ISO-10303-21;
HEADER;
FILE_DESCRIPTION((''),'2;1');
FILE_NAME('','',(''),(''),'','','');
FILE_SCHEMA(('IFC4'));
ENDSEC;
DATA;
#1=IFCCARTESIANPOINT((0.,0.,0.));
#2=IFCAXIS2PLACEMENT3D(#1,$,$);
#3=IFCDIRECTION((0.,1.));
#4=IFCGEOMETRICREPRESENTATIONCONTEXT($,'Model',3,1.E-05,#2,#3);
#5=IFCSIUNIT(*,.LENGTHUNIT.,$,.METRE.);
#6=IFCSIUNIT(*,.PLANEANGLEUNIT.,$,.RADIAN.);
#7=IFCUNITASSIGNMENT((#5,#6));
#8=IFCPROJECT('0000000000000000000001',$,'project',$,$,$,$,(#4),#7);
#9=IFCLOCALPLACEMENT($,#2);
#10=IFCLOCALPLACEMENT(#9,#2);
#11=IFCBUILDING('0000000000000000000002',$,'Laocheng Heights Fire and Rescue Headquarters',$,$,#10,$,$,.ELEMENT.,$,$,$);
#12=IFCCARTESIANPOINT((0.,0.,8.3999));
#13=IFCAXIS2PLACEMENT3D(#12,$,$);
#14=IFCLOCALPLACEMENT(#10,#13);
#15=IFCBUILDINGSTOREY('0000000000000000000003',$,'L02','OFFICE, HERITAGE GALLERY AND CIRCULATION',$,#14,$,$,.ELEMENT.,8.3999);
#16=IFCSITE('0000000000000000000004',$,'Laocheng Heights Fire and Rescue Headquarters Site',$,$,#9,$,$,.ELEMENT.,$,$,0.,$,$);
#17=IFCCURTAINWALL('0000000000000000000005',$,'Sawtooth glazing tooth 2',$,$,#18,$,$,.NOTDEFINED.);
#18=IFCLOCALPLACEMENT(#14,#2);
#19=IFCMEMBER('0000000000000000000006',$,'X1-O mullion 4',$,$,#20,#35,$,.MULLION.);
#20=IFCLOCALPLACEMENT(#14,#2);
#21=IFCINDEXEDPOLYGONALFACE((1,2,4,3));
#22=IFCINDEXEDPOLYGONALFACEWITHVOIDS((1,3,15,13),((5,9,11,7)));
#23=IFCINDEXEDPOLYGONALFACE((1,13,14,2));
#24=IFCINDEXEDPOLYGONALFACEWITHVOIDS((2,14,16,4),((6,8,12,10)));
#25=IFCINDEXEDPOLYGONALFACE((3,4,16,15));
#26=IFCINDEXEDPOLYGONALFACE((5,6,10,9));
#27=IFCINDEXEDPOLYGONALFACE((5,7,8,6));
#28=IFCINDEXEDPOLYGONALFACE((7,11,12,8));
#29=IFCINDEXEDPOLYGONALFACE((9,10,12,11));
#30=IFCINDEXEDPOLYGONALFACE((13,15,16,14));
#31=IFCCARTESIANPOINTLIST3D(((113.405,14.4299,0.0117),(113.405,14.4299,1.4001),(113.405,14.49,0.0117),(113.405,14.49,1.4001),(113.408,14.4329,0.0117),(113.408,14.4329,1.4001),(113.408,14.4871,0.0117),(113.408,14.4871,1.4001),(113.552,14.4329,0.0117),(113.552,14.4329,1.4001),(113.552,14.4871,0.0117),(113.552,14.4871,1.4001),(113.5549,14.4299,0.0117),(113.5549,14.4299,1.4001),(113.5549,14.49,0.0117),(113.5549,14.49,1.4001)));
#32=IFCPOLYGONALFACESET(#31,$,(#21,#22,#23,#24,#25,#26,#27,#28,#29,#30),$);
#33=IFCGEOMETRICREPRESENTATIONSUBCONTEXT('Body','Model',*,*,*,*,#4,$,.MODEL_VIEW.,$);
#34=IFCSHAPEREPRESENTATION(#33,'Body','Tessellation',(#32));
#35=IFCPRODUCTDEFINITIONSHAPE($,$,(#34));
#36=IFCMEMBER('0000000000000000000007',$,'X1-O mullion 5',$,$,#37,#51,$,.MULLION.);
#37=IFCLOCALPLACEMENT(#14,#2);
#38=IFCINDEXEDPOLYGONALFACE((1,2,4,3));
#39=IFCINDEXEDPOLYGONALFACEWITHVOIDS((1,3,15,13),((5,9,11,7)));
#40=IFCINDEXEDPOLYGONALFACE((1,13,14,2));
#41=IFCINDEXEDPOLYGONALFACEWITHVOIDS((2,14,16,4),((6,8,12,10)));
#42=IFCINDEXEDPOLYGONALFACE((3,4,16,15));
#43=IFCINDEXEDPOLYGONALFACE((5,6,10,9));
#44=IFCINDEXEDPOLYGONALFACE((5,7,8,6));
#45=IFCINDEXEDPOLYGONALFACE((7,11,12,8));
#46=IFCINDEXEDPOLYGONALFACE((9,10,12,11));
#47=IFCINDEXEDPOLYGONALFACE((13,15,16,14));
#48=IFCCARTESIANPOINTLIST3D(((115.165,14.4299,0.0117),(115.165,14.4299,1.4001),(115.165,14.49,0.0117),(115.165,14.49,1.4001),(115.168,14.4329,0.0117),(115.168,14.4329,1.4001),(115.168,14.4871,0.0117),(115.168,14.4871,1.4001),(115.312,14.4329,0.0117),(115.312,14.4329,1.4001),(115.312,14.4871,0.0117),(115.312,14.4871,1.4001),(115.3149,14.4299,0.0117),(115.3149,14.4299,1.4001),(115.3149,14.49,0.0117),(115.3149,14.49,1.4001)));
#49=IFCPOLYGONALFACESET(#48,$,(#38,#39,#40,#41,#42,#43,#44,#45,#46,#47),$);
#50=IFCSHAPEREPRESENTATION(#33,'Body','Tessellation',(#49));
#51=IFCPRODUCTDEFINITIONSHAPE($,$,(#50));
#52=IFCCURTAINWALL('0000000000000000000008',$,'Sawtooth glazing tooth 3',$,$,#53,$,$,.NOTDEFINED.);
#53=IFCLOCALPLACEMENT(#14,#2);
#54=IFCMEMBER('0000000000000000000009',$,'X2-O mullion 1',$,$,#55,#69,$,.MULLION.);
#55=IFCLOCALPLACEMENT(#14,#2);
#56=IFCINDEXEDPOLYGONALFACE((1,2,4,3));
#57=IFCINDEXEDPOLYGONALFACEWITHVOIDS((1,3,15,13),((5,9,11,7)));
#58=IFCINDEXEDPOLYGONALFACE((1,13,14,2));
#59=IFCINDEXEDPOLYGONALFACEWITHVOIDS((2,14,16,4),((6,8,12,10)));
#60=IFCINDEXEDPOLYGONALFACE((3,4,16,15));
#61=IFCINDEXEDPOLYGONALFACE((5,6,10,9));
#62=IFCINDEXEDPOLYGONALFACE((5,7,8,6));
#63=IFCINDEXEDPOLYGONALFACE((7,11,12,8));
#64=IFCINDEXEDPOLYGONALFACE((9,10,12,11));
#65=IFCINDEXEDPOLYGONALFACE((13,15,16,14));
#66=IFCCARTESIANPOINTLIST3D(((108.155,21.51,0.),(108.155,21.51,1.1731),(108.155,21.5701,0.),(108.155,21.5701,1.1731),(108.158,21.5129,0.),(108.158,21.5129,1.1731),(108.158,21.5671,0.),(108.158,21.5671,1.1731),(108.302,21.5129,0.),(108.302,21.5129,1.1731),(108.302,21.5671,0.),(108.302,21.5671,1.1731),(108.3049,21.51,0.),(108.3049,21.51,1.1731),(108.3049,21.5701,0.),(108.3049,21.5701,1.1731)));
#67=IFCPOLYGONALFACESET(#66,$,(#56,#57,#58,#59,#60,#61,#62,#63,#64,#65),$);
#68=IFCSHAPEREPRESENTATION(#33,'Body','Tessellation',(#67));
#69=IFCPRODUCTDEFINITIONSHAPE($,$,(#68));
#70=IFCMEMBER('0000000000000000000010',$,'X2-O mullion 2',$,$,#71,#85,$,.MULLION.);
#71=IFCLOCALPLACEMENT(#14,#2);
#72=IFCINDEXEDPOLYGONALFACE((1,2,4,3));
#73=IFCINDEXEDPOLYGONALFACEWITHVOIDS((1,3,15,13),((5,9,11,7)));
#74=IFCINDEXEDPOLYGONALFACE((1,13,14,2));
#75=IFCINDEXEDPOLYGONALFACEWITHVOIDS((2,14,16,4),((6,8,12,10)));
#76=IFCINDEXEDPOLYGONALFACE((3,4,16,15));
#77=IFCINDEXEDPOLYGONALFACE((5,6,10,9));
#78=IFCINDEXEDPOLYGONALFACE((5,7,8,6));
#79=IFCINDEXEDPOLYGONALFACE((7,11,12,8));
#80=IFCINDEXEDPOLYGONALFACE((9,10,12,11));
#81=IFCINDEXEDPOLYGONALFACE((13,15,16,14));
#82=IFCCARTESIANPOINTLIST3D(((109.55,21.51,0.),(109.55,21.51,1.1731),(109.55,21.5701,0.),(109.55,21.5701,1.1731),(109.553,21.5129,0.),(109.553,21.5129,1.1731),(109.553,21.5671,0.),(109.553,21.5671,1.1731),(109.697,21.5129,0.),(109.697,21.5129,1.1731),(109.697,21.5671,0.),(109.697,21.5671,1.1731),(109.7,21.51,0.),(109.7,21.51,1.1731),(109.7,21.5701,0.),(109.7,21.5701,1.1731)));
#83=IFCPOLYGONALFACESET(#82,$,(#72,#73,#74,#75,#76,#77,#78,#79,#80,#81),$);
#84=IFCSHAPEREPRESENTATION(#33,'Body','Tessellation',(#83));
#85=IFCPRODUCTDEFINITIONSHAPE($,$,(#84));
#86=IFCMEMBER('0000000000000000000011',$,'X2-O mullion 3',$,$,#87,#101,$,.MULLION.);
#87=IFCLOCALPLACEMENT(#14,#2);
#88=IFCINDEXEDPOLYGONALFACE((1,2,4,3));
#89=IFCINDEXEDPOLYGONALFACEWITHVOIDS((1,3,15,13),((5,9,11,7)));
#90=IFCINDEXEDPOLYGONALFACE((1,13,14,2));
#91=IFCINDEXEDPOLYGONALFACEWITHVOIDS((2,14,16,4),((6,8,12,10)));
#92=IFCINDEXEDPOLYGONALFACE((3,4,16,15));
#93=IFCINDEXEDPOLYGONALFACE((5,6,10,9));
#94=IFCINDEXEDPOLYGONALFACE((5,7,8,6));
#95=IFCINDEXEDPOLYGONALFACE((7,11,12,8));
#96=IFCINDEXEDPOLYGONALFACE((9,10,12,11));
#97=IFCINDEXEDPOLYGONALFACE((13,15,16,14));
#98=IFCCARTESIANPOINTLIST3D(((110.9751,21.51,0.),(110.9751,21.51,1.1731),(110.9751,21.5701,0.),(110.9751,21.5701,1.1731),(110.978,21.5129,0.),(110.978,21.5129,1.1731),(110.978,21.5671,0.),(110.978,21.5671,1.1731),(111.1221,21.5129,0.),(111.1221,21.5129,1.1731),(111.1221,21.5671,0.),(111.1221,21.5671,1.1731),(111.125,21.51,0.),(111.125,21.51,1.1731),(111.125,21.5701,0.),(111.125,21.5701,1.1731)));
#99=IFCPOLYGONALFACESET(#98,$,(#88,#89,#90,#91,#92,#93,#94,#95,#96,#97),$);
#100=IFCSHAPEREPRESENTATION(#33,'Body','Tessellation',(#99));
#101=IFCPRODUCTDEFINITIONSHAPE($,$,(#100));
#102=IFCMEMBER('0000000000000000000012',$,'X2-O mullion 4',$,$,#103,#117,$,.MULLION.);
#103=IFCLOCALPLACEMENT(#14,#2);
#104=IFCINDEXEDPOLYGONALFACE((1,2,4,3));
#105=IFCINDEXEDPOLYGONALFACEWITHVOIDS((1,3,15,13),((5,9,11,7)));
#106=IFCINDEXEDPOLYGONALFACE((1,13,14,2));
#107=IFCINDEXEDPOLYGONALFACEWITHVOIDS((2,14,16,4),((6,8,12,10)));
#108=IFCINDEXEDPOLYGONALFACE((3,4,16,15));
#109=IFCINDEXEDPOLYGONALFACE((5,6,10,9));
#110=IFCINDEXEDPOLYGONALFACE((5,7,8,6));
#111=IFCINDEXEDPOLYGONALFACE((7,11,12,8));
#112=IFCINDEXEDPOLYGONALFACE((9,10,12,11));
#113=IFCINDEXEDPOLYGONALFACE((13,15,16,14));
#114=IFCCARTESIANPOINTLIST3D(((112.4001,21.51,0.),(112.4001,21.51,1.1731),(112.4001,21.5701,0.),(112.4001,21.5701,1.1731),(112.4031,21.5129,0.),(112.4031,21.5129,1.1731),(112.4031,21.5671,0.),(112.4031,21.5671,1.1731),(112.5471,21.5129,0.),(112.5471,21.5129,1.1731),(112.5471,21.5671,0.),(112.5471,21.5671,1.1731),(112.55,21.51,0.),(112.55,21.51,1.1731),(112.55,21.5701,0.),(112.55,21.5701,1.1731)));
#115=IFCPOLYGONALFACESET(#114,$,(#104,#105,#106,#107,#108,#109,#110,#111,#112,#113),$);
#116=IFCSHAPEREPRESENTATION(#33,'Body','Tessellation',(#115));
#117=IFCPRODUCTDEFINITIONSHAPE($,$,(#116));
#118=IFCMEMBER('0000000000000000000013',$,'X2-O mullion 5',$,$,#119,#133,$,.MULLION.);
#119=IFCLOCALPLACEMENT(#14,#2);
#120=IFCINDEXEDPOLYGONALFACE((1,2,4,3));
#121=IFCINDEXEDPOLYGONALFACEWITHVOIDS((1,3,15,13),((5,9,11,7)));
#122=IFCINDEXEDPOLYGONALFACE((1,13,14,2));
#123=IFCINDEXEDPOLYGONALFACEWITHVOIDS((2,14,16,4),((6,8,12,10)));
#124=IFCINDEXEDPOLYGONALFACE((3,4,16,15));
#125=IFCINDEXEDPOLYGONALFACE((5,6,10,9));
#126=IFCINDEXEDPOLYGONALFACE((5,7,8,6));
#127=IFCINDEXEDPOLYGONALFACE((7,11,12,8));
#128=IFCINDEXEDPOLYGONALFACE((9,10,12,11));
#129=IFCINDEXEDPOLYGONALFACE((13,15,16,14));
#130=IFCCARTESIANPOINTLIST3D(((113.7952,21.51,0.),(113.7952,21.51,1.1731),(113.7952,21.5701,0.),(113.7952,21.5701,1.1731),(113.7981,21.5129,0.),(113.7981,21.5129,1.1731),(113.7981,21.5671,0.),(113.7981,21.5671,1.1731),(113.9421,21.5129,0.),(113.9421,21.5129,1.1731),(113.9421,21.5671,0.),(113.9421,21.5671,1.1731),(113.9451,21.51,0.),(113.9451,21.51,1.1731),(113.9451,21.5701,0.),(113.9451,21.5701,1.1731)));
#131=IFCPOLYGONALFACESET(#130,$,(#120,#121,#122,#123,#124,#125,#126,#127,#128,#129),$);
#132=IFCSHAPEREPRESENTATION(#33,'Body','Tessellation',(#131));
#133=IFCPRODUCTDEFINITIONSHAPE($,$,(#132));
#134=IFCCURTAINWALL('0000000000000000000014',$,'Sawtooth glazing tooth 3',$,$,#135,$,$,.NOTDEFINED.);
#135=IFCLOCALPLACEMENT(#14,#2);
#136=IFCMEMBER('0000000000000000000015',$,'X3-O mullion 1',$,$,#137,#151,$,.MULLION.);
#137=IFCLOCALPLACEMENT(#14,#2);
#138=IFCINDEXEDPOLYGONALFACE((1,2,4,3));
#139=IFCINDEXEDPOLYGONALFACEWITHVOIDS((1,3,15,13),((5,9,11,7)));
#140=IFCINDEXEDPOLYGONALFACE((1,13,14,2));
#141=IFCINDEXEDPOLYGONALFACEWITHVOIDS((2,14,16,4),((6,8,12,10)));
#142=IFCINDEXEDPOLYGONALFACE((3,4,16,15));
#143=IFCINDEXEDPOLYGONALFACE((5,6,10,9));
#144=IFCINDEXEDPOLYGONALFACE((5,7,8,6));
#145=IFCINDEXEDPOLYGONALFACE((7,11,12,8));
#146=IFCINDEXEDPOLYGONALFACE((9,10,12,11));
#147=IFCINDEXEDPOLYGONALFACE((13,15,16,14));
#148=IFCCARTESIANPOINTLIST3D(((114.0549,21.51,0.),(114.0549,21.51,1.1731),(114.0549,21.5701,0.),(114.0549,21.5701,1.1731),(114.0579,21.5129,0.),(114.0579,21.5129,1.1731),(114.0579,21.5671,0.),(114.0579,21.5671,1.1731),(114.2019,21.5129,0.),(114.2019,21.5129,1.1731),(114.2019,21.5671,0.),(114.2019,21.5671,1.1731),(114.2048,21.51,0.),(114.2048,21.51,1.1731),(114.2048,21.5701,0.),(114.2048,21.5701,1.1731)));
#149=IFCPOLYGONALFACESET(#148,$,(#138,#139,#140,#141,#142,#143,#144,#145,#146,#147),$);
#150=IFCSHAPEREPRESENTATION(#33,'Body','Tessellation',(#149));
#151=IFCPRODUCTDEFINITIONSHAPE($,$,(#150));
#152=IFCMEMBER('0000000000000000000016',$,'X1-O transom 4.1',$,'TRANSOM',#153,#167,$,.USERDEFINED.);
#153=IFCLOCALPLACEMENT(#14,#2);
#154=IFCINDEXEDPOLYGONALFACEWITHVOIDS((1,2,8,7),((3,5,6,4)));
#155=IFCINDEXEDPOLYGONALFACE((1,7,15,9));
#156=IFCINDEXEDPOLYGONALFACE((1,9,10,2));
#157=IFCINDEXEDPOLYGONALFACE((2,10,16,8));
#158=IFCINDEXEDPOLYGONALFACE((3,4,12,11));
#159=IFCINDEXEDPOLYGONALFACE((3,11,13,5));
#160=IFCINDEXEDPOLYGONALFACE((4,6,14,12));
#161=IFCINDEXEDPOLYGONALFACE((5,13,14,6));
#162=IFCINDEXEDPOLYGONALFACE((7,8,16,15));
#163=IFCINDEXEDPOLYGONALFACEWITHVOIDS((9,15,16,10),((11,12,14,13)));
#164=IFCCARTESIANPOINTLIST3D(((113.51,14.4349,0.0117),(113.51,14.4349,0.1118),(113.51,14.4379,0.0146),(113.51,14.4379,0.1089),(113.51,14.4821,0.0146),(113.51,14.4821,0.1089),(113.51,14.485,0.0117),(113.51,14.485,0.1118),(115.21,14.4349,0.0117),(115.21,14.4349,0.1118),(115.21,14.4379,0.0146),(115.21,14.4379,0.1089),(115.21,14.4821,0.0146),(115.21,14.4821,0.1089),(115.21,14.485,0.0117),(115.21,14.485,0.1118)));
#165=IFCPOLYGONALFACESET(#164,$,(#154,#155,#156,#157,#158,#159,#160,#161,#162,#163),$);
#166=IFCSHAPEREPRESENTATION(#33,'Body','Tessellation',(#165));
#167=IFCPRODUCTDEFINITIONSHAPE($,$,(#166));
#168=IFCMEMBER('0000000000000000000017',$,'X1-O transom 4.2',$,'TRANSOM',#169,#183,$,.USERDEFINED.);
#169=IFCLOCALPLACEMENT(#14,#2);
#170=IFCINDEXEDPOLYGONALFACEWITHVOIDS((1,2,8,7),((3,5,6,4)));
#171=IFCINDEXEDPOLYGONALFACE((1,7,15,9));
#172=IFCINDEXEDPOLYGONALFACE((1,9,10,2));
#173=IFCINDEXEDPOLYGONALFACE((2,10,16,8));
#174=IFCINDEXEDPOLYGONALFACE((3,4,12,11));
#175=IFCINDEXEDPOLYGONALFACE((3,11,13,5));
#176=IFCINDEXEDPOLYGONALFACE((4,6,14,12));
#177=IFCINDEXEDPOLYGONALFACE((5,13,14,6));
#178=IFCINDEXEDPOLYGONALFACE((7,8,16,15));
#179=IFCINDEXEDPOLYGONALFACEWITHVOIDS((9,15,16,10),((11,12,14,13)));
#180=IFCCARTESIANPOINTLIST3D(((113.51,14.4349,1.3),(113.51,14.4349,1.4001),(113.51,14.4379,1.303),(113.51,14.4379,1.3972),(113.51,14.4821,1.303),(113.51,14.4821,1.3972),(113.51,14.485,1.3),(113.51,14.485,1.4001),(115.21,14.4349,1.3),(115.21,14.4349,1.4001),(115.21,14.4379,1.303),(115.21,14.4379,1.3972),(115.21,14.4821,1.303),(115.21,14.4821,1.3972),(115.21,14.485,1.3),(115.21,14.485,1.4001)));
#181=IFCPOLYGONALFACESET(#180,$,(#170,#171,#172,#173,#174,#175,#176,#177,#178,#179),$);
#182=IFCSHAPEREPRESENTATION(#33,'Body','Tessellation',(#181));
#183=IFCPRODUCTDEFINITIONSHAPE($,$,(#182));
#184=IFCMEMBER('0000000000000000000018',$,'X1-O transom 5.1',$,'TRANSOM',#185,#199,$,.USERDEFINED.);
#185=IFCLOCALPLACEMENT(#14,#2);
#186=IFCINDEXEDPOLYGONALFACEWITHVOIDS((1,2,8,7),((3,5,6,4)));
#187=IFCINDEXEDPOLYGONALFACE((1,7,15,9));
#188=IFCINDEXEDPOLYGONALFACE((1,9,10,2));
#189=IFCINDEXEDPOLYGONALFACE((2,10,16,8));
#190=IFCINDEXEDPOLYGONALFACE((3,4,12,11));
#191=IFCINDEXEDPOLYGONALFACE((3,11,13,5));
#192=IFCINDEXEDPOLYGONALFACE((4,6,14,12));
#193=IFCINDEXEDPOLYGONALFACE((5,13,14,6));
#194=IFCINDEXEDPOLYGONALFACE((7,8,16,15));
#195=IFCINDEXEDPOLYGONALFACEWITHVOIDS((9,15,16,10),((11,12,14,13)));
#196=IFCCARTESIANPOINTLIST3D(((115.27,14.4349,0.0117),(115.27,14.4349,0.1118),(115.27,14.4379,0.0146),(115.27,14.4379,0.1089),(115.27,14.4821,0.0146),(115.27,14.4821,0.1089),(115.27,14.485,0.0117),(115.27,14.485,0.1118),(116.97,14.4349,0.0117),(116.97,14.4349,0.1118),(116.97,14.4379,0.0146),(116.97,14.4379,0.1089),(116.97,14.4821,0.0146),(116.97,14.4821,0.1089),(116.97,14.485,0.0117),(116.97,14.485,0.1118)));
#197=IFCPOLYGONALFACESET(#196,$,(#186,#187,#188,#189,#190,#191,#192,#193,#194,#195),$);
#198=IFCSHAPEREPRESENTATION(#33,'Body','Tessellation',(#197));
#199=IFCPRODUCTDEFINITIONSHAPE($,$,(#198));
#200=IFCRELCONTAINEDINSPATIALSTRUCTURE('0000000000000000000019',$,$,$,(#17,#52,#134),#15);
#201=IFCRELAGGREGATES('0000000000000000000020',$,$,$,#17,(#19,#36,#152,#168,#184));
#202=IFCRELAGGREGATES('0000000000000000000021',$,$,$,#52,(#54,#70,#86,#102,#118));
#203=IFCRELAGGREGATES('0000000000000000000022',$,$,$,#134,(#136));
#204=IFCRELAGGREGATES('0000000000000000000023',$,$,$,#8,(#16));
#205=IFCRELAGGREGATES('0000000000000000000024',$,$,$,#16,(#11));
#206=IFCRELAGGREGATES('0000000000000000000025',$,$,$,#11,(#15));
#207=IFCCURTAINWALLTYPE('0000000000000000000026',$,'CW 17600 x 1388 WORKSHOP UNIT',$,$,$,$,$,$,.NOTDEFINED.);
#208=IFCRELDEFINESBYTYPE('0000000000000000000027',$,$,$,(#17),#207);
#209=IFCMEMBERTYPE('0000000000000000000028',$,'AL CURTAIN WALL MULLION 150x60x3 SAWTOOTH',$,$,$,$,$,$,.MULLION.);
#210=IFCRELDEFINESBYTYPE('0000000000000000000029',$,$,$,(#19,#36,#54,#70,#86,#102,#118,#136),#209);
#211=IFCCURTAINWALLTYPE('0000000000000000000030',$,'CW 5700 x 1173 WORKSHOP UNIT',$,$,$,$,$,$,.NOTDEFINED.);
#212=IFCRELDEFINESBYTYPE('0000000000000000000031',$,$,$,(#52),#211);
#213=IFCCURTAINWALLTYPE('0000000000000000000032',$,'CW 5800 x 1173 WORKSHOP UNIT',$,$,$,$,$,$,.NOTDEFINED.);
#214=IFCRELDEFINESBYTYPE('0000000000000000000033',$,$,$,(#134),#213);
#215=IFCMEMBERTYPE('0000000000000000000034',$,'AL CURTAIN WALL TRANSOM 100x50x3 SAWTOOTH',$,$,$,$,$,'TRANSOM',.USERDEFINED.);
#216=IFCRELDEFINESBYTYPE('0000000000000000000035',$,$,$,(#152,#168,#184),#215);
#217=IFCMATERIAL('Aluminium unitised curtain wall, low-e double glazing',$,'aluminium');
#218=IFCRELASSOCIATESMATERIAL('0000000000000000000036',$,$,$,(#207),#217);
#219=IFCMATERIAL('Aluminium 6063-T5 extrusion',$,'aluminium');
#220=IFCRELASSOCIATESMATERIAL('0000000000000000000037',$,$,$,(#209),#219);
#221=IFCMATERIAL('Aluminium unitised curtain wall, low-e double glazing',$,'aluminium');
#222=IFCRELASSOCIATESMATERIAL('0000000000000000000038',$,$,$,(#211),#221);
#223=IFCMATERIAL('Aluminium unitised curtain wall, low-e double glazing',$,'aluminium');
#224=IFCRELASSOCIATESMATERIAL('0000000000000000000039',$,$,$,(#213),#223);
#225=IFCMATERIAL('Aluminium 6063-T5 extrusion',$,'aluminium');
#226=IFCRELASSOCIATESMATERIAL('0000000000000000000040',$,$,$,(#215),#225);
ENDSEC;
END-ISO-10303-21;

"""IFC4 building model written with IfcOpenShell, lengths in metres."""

from ifc_helpers import new_model, si_unit, direction, frame, origin, origin_2d, place, context, subcontext, project, spatial, hollow_rectangle, extrude, material, material_profile, profile_set, type_object, element, aggregate, save


model = new_model("IFC4")

# Units and contexts
model_context = context("Model", 3, precision=1e-05, world=origin(), true_north=direction((0.0, 1.0)))
body_context = subcontext(model_context, "Body", "Model", "MODEL_VIEW")
ifc_project = project(units=[si_unit("LENGTHUNIT", "METRE"), si_unit("PLANEANGLEUNIT", "RADIAN")], contexts=[model_context])

# Site, building, storey
site_placement = place(None, origin())
site = spatial("IfcSite", under=ifc_project, at=site_placement, Name="Laocheng Heights Fire and Rescue Headquarters Site", CompositionType="ELEMENT", RefElevation=0.0)
building_placement = place(site_placement, origin())
building = spatial("IfcBuilding", under=site, at=building_placement, Name="Laocheng Heights Fire and Rescue Headquarters", CompositionType="ELEMENT")
storey_placement = place(building_placement, frame((0.0, 0.0, 8.3999)))
storey = spatial("IfcBuildingStorey", under=building, at=storey_placement, Name="L02", Description="OFFICE, HERITAGE GALLERY AND CIRCULATION", CompositionType="ELEMENT", Elevation=8.3999)

# Curtain walls, members
ifc_material_1 = material(Name="Aluminium unitised curtain wall, low-e double glazing", Category="aluminium")
curtain_wall_type_1 = type_object("IfcCurtainWallType", Name="CW 17600 x 1388 WORKSHOP UNIT", PredefinedType="NOTDEFINED", material=ifc_material_1)
curtain_wall_1_placement = place(storey_placement, origin())
curtain_wall_1 = element("IfcCurtainWall", 1, at=curtain_wall_1_placement, inside=storey, type_object=curtain_wall_type_1, Name="Sawtooth glazing tooth 2", PredefinedType="NOTDEFINED")
ifc_material_2 = material(Name="Aluminium 6063-T5 extrusion", Category="aluminium")
ifc_material_profile_1 = material_profile(ifc_material_2, hollow_rectangle(XDim=0.0601, YDim=0.1499, WallThickness=0.0029, at=origin_2d()), Name="AL MULLION 150x60x3")
ifc_profile_set_1 = profile_set([ifc_material_profile_1], Name="Aluminium 6063-T5 extrusion")
member_type_1 = type_object("IfcMemberType", Name="AL CURTAIN WALL MULLION 150x60x3 SAWTOOTH", PredefinedType="MULLION", material=ifc_profile_set_1)
member_1_placement = place(storey_placement, frame((113.48, 14.46, 0.0117), z_axis=(0.0, 0.0, 1.0), x_axis=(0.0, 1.0, 0.0)))
member_1 = element("IfcMember", 2, at=member_1_placement, type_object=member_type_1, Name="X1-O mullion 4", PredefinedType="MULLION", context=body_context, shape_type="SweptSolid", body=[
    extrude(hollow_rectangle(XDim=0.0601, YDim=0.1499, WallThickness=0.0029, at=origin_2d()), origin(), (0.0, 0.0, 1.0), 1.3884),
])
member_2_placement = place(storey_placement, frame((115.24, 14.46, 0.0117), z_axis=(0.0, 0.0, 1.0), x_axis=(0.0, 1.0, 0.0)))
member_2 = element("IfcMember", 3, at=member_2_placement, type_object=member_type_1, Name="X1-O mullion 5", PredefinedType="MULLION", context=body_context, shape_type="SweptSolid", body=[
    extrude(hollow_rectangle(XDim=0.0601, YDim=0.1499, WallThickness=0.0029, at=origin_2d()), origin(), (0.0, 0.0, 1.0), 1.3884),
])
ifc_material_3 = material(Name="Aluminium unitised curtain wall, low-e double glazing", Category="aluminium")
curtain_wall_type_2 = type_object("IfcCurtainWallType", Name="CW 5700 x 1173 WORKSHOP UNIT", PredefinedType="NOTDEFINED", material=ifc_material_3)
curtain_wall_2_placement = place(storey_placement, origin())
curtain_wall_2 = element("IfcCurtainWall", 4, at=curtain_wall_2_placement, inside=storey, type_object=curtain_wall_type_2, Name="Sawtooth glazing tooth 3", PredefinedType="NOTDEFINED")
member_3_placement = place(storey_placement, frame((108.23, 21.54, 0.0), z_axis=(0.0, 0.0, 1.0), x_axis=(0.0, 1.0, 0.0)))
member_3 = element("IfcMember", 5, at=member_3_placement, type_object=member_type_1, Name="X2-O mullion 1", PredefinedType="MULLION", context=body_context, shape_type="SweptSolid", body=[
    extrude(hollow_rectangle(XDim=0.0601, YDim=0.1499, WallThickness=0.0029, at=origin_2d()), origin(), (0.0, 0.0, 1.0), 1.1731),
])
member_4_placement = place(storey_placement, frame((109.625, 21.54, 0.0), z_axis=(0.0, 0.0, 1.0), x_axis=(0.0, 1.0, 0.0)))
member_4 = element("IfcMember", 6, at=member_4_placement, type_object=member_type_1, Name="X2-O mullion 2", PredefinedType="MULLION", context=body_context, shape_type="SweptSolid", body=[
    extrude(hollow_rectangle(XDim=0.0601, YDim=0.1499, WallThickness=0.0029, at=origin_2d()), origin(), (0.0, 0.0, 1.0), 1.1731),
])
member_5_placement = place(storey_placement, frame((111.05, 21.54, 0.0), z_axis=(0.0, 0.0, 1.0), x_axis=(0.0, 1.0, 0.0)))
member_5 = element("IfcMember", 7, at=member_5_placement, type_object=member_type_1, Name="X2-O mullion 3", PredefinedType="MULLION", context=body_context, shape_type="SweptSolid", body=[
    extrude(hollow_rectangle(XDim=0.0601, YDim=0.1499, WallThickness=0.0029, at=origin_2d()), origin(), (0.0, 0.0, 1.0), 1.1731),
])
member_6_placement = place(storey_placement, frame((112.4751, 21.54, 0.0), z_axis=(0.0, 0.0, 1.0), x_axis=(0.0, 1.0, 0.0)))
member_6 = element("IfcMember", 8, at=member_6_placement, type_object=member_type_1, Name="X2-O mullion 4", PredefinedType="MULLION", context=body_context, shape_type="SweptSolid", body=[
    extrude(hollow_rectangle(XDim=0.0601, YDim=0.1499, WallThickness=0.0029, at=origin_2d()), origin(), (0.0, 0.0, 1.0), 1.1731),
])
member_7_placement = place(storey_placement, frame((113.8701, 21.54, 0.0), z_axis=(0.0, 0.0, 1.0), x_axis=(0.0, 1.0, 0.0)))
member_7 = element("IfcMember", 9, at=member_7_placement, type_object=member_type_1, Name="X2-O mullion 5", PredefinedType="MULLION", context=body_context, shape_type="SweptSolid", body=[
    extrude(hollow_rectangle(XDim=0.0601, YDim=0.1499, WallThickness=0.0029, at=origin_2d()), origin(), (0.0, 0.0, 1.0), 1.1731),
])

# Curtain wall, member
ifc_material_4 = material(Name="Aluminium unitised curtain wall, low-e double glazing", Category="aluminium")
curtain_wall_type_3 = type_object("IfcCurtainWallType", Name="CW 5800 x 1173 WORKSHOP UNIT", PredefinedType="NOTDEFINED", material=ifc_material_4)
curtain_wall_3_placement = place(storey_placement, origin())
curtain_wall_3 = element("IfcCurtainWall", 10, at=curtain_wall_3_placement, inside=storey, type_object=curtain_wall_type_3, Name="Sawtooth glazing tooth 3", PredefinedType="NOTDEFINED")
member_8_placement = place(storey_placement, frame((114.1299, 21.54, 0.0), z_axis=(0.0, 0.0, 1.0), x_axis=(0.0, 1.0, 0.0)))
member_8 = element("IfcMember", 11, at=member_8_placement, type_object=member_type_1, Name="X3-O mullion 1", PredefinedType="MULLION", context=body_context, shape_type="SweptSolid", body=[
    extrude(hollow_rectangle(XDim=0.0601, YDim=0.1499, WallThickness=0.0029, at=origin_2d()), origin(), (0.0, 0.0, 1.0), 1.1731),
])

# Members
ifc_material_5 = material(Name="Aluminium 6063-T5 extrusion", Category="aluminium")
ifc_material_profile_2 = material_profile(ifc_material_5, hollow_rectangle(XDim=0.05, YDim=0.1001, WallThickness=0.0029, at=origin_2d()), Name="AL TRANSOM 100x50x3")
ifc_profile_set_2 = profile_set([ifc_material_profile_2], Name="Aluminium 6063-T5 extrusion")
member_type_2 = type_object("IfcMemberType", Name="AL CURTAIN WALL TRANSOM 100x50x3 SAWTOOTH", ElementType="TRANSOM", PredefinedType="USERDEFINED", material=ifc_profile_set_2)
member_9_placement = place(storey_placement, frame((113.51, 14.46, 0.0618), z_axis=(1.0, 0.0, 0.0), x_axis=(0.0, 1.0, 0.0)))
member_9 = element("IfcMember", 12, at=member_9_placement, type_object=member_type_2, Name="X1-O transom 4.1", ObjectType="TRANSOM", PredefinedType="USERDEFINED", context=body_context, shape_type="SweptSolid", body=[
    extrude(hollow_rectangle(XDim=0.05, YDim=0.1001, WallThickness=0.0029, at=origin_2d()), origin(), (0.0, 0.0, 1.0), 1.7),
])
member_10_placement = place(storey_placement, frame((113.51, 14.46, 1.3501), z_axis=(1.0, 0.0, 0.0), x_axis=(0.0, 1.0, 0.0)))
member_10 = element("IfcMember", 13, at=member_10_placement, type_object=member_type_2, Name="X1-O transom 4.2", ObjectType="TRANSOM", PredefinedType="USERDEFINED", context=body_context, shape_type="SweptSolid", body=[
    extrude(hollow_rectangle(XDim=0.05, YDim=0.1001, WallThickness=0.0029, at=origin_2d()), origin(), (0.0, 0.0, 1.0), 1.7),
])
member_11_placement = place(storey_placement, frame((115.27, 14.46, 0.0618), z_axis=(1.0, 0.0, 0.0), x_axis=(0.0, 1.0, 0.0)))
member_11 = element("IfcMember", 14, at=member_11_placement, type_object=member_type_2, Name="X1-O transom 5.1", ObjectType="TRANSOM", PredefinedType="USERDEFINED", context=body_context, shape_type="SweptSolid", body=[
    extrude(hollow_rectangle(XDim=0.05, YDim=0.1001, WallThickness=0.0029, at=origin_2d()), origin(), (0.0, 0.0, 1.0), 1.7),
])

aggregate(curtain_wall_1, [member_1, member_2, member_9, member_10, member_11])
aggregate(curtain_wall_2, [member_3, member_4, member_5, member_6, member_7])
aggregate(curtain_wall_3, [member_8])

save(model, "model.ifc")
